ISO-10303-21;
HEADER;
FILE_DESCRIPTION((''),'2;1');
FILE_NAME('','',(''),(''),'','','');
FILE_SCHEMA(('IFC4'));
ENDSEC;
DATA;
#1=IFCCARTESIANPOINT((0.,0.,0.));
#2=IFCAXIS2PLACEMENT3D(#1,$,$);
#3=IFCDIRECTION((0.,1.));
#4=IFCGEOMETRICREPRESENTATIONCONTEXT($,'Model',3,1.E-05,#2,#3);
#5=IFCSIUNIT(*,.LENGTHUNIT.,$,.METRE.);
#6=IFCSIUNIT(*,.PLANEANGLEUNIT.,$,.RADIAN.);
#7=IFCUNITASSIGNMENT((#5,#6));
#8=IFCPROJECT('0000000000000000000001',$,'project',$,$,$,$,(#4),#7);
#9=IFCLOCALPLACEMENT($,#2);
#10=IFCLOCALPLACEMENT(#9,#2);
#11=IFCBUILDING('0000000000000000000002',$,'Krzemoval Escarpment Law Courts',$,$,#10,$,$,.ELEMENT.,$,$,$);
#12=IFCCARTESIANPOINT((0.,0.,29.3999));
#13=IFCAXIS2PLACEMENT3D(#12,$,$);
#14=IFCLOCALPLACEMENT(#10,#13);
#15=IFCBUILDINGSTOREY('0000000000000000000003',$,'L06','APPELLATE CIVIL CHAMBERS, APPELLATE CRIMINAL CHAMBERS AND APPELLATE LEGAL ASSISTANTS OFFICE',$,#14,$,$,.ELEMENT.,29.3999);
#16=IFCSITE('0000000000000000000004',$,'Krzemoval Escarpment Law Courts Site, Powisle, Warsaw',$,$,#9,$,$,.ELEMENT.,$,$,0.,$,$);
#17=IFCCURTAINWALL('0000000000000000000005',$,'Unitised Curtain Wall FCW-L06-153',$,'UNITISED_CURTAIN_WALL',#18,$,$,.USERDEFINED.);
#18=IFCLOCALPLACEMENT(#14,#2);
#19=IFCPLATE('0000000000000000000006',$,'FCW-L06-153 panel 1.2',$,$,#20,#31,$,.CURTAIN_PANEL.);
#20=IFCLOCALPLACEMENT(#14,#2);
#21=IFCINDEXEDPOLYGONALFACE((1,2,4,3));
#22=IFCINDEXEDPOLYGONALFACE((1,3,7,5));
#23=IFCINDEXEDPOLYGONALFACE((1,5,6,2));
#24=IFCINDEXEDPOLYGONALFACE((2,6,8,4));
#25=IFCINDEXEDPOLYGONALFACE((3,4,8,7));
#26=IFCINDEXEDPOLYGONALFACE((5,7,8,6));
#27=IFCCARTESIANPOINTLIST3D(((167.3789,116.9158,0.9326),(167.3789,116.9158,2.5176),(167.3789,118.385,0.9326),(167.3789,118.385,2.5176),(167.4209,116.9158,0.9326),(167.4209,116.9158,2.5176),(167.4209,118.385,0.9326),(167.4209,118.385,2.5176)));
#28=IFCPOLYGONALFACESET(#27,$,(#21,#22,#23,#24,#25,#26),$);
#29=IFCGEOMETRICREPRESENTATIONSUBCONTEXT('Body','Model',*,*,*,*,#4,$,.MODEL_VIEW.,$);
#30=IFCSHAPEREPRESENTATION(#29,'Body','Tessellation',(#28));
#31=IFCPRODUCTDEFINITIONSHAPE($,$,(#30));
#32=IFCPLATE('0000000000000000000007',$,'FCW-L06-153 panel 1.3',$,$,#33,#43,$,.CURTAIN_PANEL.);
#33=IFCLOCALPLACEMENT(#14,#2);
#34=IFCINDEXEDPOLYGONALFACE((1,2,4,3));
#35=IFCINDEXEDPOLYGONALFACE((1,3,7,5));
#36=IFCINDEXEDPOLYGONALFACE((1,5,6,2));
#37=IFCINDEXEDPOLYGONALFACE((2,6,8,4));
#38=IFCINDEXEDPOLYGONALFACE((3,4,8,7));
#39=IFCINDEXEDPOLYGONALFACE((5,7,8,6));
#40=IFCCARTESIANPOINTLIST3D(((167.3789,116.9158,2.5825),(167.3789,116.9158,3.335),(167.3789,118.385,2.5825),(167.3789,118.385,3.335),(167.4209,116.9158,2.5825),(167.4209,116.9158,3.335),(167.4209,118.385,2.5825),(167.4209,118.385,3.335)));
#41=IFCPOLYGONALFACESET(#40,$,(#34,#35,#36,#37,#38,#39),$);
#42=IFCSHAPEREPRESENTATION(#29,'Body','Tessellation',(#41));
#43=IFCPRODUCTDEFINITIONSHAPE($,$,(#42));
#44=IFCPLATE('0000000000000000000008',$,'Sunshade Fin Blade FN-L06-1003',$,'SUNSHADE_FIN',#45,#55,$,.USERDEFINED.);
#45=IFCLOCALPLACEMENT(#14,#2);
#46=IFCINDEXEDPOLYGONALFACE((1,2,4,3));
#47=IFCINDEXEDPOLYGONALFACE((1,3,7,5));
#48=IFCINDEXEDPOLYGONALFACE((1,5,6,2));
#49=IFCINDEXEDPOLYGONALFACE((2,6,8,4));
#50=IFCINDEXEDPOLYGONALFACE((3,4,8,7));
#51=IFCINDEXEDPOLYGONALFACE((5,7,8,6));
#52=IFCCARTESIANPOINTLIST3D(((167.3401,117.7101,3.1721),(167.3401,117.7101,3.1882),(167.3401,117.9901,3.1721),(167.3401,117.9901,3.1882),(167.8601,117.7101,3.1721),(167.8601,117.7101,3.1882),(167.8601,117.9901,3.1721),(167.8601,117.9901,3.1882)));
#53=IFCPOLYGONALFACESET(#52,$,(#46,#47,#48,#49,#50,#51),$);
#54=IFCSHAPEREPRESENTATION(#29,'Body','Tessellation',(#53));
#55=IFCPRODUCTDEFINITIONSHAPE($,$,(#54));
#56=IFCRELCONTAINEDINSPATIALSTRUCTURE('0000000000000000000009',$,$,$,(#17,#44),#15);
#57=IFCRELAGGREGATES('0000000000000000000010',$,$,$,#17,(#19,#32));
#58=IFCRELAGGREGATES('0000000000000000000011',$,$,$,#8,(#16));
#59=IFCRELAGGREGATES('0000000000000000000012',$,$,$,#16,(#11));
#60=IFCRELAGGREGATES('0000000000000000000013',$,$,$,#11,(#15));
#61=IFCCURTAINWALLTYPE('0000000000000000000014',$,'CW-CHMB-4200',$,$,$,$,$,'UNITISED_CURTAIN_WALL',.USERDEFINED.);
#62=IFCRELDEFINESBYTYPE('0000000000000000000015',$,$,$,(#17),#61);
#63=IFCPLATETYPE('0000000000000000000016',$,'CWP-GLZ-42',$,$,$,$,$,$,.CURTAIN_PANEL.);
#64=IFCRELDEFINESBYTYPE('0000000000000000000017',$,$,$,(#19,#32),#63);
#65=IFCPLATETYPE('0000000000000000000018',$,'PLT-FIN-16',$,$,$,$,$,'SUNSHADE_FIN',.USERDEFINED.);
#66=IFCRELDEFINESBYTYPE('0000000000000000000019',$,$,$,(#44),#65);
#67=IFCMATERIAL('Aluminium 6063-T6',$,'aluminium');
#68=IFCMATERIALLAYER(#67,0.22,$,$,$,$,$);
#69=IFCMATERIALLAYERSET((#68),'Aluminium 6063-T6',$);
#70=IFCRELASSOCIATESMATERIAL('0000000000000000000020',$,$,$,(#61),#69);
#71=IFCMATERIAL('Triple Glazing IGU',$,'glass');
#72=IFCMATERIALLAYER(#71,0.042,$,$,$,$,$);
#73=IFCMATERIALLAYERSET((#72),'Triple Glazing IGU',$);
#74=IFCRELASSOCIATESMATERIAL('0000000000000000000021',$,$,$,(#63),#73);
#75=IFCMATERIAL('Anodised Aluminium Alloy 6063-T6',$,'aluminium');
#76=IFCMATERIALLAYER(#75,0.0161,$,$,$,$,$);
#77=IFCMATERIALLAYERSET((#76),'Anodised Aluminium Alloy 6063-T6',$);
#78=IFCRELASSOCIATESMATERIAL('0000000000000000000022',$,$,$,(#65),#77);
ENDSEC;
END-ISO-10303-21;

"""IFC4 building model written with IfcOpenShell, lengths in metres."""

from ifc_helpers import new_model, si_unit, direction, frame, origin, origin_2d, place, context, subcontext, project, spatial, rectangle, extrude, material, layer, layer_set, type_object, element, aggregate, save


model = new_model("IFC4")

# Units and contexts
model_context = context("Model", 3, precision=1e-05, world=origin(), true_north=direction((0.0, 1.0)))
body_context = subcontext(model_context, "Body", "Model", "MODEL_VIEW")
ifc_project = project(units=[si_unit("LENGTHUNIT", "METRE"), si_unit("PLANEANGLEUNIT", "RADIAN")], contexts=[model_context])

# Site, building, storey
site_placement = place(None, origin())
site = spatial("IfcSite", under=ifc_project, at=site_placement, Name="Krzemoval Escarpment Law Courts Site, Powisle, Warsaw", CompositionType="ELEMENT", RefElevation=0.0)
building_placement = place(site_placement, origin())
building = spatial("IfcBuilding", under=site, at=building_placement, Name="Krzemoval Escarpment Law Courts", CompositionType="ELEMENT")
storey_placement = place(building_placement, frame((0.0, 0.0, 29.3999)))
storey = spatial("IfcBuildingStorey", under=building, at=storey_placement, Name="L06", Description="APPELLATE CIVIL CHAMBERS, APPELLATE CRIMINAL CHAMBERS AND APPELLATE LEGAL ASSISTANTS OFFICE", CompositionType="ELEMENT", Elevation=29.3999)

# Curtain wall
ifc_material_1 = material(Name="Aluminium 6063-T6", Category="aluminium")
ifc_layer_1 = layer(ifc_material_1, 0.22)
ifc_layer_set_1 = layer_set([ifc_layer_1], Name="Aluminium 6063-T6")
curtain_wall_type = type_object("IfcCurtainWallType", Name="CW-CHMB-4200", ElementType="UNITISED_CURTAIN_WALL", PredefinedType="USERDEFINED", material=ifc_layer_set_1)
curtain_wall_1_placement = place(storey_placement, origin())
curtain_wall_1 = element("IfcCurtainWall", 1, at=curtain_wall_1_placement, inside=storey, type_object=curtain_wall_type, Name="Unitised Curtain Wall FCW-L06-153", ObjectType="UNITISED_CURTAIN_WALL", PredefinedType="USERDEFINED")

# Plates
ifc_material_2 = material(Name="Triple Glazing IGU", Category="glass")
ifc_layer_2 = layer(ifc_material_2, 0.042)
ifc_layer_set_2 = layer_set([ifc_layer_2], Name="Triple Glazing IGU")
plate_type_1 = type_object("IfcPlateType", Name="CWP-GLZ-42", PredefinedType="CURTAIN_PANEL", material=ifc_layer_set_2)
plate_1_placement = place(storey_placement, frame((167.3999, 117.6504, 0.9326), z_axis=(0.0, 0.0, 1.0), x_axis=(0.0, -1.0, 0.0)))
plate_1 = element("IfcPlate", 2, at=plate_1_placement, type_object=plate_type_1, Name="FCW-L06-153 panel 1.2", PredefinedType="CURTAIN_PANEL", context=body_context, shape_type="SweptSolid", body=[
    extrude(rectangle(XDim=1.4692, YDim=0.042, at=origin_2d()), origin(), (0.0, 0.0, 1.0), 1.585),
])
plate_2_placement = place(storey_placement, frame((167.3999, 117.6504, 2.5825), z_axis=(0.0, 0.0, 1.0), x_axis=(0.0, -1.0, 0.0)))
plate_2 = element("IfcPlate", 3, at=plate_2_placement, type_object=plate_type_1, Name="FCW-L06-153 panel 1.3", PredefinedType="CURTAIN_PANEL", context=body_context, shape_type="SweptSolid", body=[
    extrude(rectangle(XDim=1.4692, YDim=0.042, at=origin_2d()), origin(), (0.0, 0.0, 1.0), 0.7524),
])
aggregate(curtain_wall_1, [plate_1, plate_2])
ifc_material_3 = material(Name="Anodised Aluminium Alloy 6063-T6", Category="aluminium")
ifc_layer_3 = layer(ifc_material_3, 0.0161)
ifc_layer_set_3 = layer_set([ifc_layer_3], Name="Anodised Aluminium Alloy 6063-T6")
plate_type_2 = type_object("IfcPlateType", Name="PLT-FIN-16", ElementType="SUNSHADE_FIN", PredefinedType="USERDEFINED", material=ifc_layer_set_3)
plate_3_placement = place(storey_placement, frame((167.6001, 117.8501, 3.1721), z_axis=(0.0, 0.0, 1.0), x_axis=(1.0, 0.0, 0.0)))
element("IfcPlate", 4, at=plate_3_placement, inside=storey, type_object=plate_type_2, Name="Sunshade Fin Blade FN-L06-1003", ObjectType="SUNSHADE_FIN", PredefinedType="USERDEFINED", context=body_context, shape_type="SweptSolid", body=[
    extrude(rectangle(XDim=0.52, YDim=0.28, at=origin_2d()), origin(), (0.0, 0.0, 1.0), 0.0161),
])

save(model, "model.ifc")
